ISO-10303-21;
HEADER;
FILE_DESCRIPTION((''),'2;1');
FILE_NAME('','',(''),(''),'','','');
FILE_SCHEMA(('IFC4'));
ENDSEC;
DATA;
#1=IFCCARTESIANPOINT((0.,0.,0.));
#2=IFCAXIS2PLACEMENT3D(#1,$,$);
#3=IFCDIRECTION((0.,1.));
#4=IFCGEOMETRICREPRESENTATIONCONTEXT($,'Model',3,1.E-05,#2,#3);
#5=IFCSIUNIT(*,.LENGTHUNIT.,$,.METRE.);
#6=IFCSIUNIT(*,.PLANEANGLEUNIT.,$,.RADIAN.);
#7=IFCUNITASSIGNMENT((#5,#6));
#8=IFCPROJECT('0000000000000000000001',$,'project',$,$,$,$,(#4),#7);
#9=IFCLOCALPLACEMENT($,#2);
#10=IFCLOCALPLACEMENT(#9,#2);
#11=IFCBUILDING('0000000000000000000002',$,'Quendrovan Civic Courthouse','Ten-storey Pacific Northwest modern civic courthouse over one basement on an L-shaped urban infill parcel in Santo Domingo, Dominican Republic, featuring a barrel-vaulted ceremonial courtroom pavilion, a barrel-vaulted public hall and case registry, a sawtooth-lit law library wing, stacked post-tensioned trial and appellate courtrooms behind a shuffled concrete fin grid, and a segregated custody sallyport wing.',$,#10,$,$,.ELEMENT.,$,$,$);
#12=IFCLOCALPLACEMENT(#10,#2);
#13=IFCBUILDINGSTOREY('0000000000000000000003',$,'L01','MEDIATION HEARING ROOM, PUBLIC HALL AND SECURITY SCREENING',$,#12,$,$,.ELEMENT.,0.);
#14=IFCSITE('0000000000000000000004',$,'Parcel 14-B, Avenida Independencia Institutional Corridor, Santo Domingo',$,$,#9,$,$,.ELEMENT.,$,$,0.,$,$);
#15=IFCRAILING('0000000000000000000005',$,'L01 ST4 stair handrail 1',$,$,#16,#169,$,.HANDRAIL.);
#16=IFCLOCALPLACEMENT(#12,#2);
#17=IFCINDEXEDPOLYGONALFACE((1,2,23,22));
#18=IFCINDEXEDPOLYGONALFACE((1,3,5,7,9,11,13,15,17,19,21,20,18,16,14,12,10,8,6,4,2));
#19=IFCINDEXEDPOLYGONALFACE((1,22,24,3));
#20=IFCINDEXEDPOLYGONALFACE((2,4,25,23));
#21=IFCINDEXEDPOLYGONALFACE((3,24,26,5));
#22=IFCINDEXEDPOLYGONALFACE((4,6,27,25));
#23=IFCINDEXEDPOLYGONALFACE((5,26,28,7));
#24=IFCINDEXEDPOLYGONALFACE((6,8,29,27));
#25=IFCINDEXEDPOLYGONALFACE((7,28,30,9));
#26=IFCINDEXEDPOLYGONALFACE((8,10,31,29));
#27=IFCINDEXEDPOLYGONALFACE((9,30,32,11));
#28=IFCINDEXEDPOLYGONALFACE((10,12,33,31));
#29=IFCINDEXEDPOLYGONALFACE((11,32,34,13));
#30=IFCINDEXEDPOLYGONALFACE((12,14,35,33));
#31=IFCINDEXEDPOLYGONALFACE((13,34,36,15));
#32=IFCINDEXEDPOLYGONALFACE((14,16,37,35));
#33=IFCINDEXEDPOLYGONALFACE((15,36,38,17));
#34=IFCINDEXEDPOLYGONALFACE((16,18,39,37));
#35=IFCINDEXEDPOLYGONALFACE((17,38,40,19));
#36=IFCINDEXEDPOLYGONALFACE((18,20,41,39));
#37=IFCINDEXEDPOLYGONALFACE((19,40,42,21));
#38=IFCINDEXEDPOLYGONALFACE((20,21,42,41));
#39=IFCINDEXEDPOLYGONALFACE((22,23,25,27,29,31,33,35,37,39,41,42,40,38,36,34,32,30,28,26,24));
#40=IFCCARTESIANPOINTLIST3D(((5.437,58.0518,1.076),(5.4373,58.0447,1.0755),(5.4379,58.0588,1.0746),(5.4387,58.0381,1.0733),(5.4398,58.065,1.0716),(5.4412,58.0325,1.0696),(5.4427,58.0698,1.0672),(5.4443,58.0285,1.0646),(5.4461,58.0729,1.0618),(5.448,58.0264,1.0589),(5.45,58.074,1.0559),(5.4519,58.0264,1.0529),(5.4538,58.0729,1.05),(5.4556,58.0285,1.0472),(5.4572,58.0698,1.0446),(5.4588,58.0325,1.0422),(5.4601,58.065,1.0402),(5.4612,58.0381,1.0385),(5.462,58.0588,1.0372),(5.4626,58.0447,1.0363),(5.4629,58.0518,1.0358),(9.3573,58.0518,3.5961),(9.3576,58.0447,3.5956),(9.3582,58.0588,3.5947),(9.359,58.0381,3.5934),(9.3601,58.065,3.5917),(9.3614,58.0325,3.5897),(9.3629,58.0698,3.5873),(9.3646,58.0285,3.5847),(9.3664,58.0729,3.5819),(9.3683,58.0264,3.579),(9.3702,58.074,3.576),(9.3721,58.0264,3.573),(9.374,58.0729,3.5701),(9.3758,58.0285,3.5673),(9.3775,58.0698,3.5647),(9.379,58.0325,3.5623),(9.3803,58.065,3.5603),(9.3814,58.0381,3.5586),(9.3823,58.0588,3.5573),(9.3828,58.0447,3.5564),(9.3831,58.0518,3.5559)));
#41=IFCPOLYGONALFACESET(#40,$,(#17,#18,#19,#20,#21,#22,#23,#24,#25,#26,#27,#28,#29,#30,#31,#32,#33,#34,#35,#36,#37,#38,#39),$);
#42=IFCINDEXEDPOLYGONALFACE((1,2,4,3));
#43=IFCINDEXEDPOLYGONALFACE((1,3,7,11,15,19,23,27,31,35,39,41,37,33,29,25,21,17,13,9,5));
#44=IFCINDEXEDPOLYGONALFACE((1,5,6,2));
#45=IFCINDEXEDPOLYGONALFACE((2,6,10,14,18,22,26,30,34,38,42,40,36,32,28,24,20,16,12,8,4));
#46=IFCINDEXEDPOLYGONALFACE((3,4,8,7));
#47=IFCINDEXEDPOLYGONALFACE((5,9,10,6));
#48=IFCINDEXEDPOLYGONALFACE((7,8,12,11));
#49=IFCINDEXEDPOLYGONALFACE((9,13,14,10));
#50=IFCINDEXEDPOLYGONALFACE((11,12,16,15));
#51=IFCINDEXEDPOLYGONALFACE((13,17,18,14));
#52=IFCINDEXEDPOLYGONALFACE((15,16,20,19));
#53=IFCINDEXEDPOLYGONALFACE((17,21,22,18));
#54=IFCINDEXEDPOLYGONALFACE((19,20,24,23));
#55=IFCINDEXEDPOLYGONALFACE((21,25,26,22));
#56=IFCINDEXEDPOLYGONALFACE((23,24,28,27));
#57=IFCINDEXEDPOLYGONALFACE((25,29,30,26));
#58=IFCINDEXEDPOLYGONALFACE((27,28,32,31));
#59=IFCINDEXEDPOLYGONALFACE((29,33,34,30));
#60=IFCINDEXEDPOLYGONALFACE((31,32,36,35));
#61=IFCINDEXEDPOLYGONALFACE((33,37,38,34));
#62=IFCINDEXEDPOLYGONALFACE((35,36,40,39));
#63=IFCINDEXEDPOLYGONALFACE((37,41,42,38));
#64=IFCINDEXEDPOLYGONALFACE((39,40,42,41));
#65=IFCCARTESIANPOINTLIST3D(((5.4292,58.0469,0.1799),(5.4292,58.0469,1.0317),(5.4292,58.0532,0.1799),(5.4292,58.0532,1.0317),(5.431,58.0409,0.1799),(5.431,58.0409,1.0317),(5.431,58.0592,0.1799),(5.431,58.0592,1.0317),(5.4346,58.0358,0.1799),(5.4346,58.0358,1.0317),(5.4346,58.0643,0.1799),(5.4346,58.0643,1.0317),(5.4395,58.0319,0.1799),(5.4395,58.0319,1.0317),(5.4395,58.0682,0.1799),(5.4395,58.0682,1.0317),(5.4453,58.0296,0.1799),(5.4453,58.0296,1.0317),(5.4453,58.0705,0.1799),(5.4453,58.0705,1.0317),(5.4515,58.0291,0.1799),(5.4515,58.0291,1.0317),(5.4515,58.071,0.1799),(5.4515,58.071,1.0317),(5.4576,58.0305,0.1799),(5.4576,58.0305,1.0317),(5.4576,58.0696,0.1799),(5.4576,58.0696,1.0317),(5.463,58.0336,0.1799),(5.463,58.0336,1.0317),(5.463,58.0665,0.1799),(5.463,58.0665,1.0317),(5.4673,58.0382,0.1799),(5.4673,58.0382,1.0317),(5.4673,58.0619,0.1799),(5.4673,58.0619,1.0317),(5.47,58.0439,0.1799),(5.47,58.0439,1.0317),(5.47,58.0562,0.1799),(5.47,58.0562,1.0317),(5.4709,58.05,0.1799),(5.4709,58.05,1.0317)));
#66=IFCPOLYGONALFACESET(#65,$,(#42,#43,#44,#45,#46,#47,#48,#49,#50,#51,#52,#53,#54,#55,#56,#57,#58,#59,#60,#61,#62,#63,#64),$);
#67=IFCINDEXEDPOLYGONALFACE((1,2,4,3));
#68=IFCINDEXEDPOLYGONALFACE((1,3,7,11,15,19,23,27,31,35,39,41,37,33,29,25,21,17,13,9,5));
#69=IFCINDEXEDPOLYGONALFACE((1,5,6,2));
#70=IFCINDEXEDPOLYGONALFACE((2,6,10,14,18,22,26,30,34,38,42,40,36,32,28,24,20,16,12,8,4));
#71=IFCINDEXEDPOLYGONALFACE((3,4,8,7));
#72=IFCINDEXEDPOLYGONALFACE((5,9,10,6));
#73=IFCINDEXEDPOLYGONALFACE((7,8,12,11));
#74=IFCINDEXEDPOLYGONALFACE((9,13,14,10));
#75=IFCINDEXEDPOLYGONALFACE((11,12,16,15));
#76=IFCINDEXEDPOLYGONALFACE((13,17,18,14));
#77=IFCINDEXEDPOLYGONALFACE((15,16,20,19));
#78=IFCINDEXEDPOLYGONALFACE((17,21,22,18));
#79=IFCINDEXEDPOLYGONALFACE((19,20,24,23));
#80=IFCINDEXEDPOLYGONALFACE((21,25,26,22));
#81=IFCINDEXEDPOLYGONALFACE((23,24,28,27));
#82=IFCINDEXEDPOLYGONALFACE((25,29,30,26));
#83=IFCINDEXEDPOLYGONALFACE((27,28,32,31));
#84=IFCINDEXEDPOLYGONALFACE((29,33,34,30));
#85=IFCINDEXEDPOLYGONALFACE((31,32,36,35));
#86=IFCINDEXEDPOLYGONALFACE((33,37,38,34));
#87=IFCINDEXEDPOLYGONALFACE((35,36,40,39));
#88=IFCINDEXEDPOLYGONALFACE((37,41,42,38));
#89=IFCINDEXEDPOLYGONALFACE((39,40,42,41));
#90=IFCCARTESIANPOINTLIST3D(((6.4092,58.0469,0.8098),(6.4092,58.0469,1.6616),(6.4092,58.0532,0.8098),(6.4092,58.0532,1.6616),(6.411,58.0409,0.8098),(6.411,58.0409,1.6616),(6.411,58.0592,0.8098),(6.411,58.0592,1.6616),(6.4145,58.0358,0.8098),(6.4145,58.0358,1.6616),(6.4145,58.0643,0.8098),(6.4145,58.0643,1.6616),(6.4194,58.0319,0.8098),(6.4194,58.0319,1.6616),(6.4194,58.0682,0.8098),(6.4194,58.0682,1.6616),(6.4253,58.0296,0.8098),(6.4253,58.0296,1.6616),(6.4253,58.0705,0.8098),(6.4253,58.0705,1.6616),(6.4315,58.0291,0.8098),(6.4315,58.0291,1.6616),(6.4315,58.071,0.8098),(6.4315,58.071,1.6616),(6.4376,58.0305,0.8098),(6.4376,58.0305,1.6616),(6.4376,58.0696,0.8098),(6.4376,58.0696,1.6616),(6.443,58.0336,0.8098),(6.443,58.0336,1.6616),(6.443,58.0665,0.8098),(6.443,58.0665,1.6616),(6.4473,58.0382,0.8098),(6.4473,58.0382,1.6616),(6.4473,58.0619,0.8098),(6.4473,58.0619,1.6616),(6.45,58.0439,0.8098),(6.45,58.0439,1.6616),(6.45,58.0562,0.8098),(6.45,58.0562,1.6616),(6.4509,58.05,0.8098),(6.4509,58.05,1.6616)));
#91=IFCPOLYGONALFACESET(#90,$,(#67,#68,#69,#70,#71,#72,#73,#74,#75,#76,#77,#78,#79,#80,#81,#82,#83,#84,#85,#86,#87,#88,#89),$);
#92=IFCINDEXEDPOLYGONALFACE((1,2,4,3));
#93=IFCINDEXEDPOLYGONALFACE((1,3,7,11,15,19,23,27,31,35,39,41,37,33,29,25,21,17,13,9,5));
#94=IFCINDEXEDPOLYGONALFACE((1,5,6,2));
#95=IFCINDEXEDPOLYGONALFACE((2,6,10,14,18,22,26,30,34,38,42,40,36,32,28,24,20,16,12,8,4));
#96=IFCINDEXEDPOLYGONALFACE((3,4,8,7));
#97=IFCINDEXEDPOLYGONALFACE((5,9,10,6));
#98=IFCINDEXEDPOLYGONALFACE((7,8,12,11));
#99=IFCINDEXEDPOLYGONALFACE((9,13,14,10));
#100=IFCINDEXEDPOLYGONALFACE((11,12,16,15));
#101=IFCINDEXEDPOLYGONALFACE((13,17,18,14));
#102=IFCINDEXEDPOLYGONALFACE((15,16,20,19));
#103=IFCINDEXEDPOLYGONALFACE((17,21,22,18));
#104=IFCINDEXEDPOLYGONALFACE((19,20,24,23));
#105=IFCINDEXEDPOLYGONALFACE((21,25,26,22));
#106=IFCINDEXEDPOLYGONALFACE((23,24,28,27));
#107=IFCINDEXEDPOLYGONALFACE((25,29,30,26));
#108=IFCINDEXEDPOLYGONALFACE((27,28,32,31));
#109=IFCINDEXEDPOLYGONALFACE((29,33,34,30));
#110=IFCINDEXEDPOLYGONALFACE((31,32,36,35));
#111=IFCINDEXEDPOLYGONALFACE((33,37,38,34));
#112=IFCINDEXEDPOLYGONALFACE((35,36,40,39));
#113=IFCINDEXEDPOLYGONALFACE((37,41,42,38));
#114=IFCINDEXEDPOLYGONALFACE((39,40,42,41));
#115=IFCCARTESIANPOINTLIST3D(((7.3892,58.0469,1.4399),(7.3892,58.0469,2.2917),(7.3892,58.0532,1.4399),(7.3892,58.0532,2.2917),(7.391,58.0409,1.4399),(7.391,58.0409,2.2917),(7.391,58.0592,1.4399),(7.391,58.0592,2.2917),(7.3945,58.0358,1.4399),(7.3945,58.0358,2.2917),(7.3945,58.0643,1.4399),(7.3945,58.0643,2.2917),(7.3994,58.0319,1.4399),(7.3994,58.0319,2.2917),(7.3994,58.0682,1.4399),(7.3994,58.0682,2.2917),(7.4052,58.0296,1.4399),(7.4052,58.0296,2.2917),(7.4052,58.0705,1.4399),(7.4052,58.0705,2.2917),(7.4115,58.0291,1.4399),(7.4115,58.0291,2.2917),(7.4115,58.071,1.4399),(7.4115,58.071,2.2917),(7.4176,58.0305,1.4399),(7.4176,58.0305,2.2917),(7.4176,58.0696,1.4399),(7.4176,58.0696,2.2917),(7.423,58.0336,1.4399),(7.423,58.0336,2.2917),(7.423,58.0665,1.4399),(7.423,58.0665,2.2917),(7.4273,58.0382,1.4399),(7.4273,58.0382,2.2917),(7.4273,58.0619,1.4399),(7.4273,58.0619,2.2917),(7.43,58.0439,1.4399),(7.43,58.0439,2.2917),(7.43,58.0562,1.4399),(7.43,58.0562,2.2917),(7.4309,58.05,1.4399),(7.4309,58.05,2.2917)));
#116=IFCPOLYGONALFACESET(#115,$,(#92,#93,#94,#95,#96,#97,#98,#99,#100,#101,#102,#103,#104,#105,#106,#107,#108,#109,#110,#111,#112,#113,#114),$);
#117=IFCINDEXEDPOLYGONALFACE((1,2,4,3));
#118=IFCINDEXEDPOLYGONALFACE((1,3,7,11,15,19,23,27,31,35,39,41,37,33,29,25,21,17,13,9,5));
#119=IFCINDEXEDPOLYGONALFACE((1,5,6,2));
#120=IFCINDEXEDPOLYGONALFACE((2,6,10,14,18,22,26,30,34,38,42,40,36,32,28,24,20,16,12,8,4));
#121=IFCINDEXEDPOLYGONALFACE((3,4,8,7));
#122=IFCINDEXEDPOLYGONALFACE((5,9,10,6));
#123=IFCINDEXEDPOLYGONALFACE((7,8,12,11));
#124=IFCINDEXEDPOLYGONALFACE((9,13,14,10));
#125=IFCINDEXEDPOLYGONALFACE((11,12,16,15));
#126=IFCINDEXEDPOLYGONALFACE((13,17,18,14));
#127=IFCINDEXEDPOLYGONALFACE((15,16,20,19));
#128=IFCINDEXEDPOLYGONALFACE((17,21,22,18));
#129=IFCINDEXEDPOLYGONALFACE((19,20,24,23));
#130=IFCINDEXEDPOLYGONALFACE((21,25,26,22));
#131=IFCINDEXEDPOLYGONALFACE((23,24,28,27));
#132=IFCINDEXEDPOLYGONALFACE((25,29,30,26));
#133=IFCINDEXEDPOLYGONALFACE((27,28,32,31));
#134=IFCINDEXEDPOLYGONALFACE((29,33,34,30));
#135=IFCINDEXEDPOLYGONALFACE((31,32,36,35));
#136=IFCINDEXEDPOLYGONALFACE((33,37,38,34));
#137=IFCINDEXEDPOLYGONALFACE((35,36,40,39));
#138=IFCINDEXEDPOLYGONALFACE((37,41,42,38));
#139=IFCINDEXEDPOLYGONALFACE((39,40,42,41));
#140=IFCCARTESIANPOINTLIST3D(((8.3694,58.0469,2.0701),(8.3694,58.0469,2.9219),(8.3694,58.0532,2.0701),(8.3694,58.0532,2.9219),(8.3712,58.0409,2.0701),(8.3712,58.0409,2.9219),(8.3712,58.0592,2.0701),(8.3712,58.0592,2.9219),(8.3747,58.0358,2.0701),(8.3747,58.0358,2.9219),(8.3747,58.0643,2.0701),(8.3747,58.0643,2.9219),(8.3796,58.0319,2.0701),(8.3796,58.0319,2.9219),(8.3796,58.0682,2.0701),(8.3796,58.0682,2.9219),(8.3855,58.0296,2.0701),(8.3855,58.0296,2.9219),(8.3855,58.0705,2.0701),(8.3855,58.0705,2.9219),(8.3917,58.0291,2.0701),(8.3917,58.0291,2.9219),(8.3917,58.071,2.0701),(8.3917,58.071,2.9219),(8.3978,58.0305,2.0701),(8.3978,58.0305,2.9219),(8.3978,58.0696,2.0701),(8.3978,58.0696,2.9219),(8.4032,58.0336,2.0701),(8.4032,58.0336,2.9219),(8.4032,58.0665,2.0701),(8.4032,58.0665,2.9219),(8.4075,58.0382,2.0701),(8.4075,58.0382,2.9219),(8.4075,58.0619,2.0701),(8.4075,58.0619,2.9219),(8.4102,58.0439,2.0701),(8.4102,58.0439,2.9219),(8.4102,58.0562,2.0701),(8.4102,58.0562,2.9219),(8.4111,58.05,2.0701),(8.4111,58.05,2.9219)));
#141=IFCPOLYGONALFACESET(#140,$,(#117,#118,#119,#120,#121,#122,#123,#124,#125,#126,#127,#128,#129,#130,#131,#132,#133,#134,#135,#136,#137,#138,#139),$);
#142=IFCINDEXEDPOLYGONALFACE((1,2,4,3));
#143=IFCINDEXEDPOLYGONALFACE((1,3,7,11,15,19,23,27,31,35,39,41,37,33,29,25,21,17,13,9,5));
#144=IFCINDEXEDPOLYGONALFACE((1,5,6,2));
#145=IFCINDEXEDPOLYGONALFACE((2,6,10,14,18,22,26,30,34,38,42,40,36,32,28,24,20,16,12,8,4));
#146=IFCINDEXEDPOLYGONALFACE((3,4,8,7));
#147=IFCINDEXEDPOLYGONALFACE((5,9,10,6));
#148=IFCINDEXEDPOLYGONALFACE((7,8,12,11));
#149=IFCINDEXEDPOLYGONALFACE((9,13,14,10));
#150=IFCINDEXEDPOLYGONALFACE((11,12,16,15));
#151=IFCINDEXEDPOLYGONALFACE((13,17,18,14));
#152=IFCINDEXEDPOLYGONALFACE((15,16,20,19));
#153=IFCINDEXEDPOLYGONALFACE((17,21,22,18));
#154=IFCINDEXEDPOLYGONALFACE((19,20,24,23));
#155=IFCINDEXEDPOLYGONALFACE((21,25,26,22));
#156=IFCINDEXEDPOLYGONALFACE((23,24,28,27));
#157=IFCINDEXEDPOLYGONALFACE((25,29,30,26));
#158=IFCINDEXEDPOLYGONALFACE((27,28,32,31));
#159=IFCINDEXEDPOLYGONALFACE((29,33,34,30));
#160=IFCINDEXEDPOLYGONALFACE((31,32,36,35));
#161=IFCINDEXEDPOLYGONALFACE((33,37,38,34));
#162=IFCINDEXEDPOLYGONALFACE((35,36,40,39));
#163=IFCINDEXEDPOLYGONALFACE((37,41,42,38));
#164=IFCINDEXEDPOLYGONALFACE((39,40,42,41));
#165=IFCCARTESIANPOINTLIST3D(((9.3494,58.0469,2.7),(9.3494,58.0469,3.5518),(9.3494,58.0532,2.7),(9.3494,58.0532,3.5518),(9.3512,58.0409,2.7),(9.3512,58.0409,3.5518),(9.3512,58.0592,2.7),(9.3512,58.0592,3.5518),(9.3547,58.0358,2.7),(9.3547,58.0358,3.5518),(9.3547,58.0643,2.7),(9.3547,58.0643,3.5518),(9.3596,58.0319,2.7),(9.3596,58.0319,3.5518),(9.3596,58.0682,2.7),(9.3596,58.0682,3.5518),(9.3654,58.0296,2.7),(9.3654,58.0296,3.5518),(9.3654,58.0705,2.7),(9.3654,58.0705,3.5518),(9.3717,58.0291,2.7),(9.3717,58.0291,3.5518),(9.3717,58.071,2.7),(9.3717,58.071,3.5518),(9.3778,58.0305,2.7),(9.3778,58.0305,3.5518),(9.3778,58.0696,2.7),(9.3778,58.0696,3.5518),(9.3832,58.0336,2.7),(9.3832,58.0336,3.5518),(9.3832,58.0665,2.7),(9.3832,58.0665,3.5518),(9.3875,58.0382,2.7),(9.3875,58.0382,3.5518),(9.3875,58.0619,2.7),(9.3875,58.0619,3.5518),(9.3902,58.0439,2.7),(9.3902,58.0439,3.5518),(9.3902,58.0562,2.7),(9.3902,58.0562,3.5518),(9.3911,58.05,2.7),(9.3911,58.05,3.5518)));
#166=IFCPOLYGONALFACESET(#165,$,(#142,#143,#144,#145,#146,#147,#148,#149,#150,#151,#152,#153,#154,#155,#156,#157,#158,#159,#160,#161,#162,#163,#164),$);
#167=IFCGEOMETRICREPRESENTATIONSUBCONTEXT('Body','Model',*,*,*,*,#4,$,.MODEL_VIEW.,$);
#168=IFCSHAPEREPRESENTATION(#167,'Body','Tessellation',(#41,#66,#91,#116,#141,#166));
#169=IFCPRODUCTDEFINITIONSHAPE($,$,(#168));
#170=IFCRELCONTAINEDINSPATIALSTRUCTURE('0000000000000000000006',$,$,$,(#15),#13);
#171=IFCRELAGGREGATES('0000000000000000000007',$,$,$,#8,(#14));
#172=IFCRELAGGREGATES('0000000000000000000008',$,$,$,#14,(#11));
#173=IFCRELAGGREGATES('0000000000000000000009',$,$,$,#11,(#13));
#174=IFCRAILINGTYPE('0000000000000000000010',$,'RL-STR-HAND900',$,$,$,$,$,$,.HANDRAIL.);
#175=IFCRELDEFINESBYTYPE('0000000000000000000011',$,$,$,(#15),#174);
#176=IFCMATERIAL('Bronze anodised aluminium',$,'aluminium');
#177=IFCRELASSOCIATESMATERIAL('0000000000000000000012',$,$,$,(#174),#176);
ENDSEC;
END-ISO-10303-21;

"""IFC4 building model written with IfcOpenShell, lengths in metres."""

from ifc_helpers import new_model, si_unit, direction, frame, origin, origin_2d, place, context, subcontext, project, spatial, circle, extrude, material, type_object, element, save


model = new_model("IFC4")

# Units and contexts
model_context = context("Model", 3, precision=1e-05, world=origin(), true_north=direction((0.0, 1.0)))
body_context = subcontext(model_context, "Body", "Model", "MODEL_VIEW")
ifc_project = project(units=[si_unit("LENGTHUNIT", "METRE"), si_unit("PLANEANGLEUNIT", "RADIAN")], contexts=[model_context])

# Site, building, storey
site_placement = place(None, origin())
site = spatial("IfcSite", under=ifc_project, at=site_placement, Name="Parcel 14-B, Avenida Independencia Institutional Corridor, Santo Domingo", CompositionType="ELEMENT", RefElevation=0.0)
building_placement = place(site_placement, origin())
building = spatial("IfcBuilding", under=site, at=building_placement, Name="Quendrovan Civic Courthouse", Description="Ten-storey Pacific Northwest modern civic courthouse over one basement on an L-shaped urban infill parcel in Santo Domingo, Dominican Republic, featuring a barrel-vaulted ceremonial courtroom pavilion, a barrel-vaulted public hall and case registry, a sawtooth-lit law library wing, stacked post-tensioned trial and appellate courtrooms behind a shuffled concrete fin grid, and a segregated custody sallyport wing.", CompositionType="ELEMENT")
storey_placement = place(building_placement, origin())
storey = spatial("IfcBuildingStorey", under=building, at=storey_placement, Name="L01", Description="MEDIATION HEARING ROOM, PUBLIC HALL AND SECURITY SCREENING", CompositionType="ELEMENT", Elevation=0.0)

# Shared definitions
ifc_material_1 = material(Name="Bronze anodised aluminium", Category="aluminium")

# Railing
railing_type_1 = type_object("IfcRailingType", Name="RL-STR-HAND900", PredefinedType="HANDRAIL", material=ifc_material_1)
railing_1_placement = place(storey_placement, frame((5.45, 58.05, 0.1799)))
element("IfcRailing", 1, at=railing_1_placement, inside=storey, type_object=railing_type_1, Name="L01 ST4 stair handrail 1", PredefinedType="HANDRAIL", context=body_context, shape_type="SweptSolid", body=[
    extrude(circle(Radius=0.0239, at=origin_2d()), frame((0.0, 0.0, 0.876), z_axis=(0.841187, 0.0, 0.540744), x_axis=(0.0, 1.0, 0.0)), (0.0, 0.0, 1.0), 4.6604),
    extrude(circle(Radius=0.021, at=origin_2d()), origin(), (0.0, 0.0, 1.0), 0.8518),
    extrude(circle(Radius=0.021, at=origin_2d()), frame((0.98, 0.0, 0.6299)), (0.0, 0.0, 1.0), 0.8518),
    extrude(circle(Radius=0.021, at=origin_2d()), frame((1.96, 0.0, 1.26)), (0.0, 0.0, 1.0), 0.8518),
    extrude(circle(Radius=0.021, at=origin_2d()), frame((2.9402, 0.0, 1.8901)), (0.0, 0.0, 1.0), 0.8518),
    extrude(circle(Radius=0.021, at=origin_2d()), frame((3.9202, 0.0, 2.52)), (0.0, 0.0, 1.0), 0.8518),
])

save(model, "model.ifc")
